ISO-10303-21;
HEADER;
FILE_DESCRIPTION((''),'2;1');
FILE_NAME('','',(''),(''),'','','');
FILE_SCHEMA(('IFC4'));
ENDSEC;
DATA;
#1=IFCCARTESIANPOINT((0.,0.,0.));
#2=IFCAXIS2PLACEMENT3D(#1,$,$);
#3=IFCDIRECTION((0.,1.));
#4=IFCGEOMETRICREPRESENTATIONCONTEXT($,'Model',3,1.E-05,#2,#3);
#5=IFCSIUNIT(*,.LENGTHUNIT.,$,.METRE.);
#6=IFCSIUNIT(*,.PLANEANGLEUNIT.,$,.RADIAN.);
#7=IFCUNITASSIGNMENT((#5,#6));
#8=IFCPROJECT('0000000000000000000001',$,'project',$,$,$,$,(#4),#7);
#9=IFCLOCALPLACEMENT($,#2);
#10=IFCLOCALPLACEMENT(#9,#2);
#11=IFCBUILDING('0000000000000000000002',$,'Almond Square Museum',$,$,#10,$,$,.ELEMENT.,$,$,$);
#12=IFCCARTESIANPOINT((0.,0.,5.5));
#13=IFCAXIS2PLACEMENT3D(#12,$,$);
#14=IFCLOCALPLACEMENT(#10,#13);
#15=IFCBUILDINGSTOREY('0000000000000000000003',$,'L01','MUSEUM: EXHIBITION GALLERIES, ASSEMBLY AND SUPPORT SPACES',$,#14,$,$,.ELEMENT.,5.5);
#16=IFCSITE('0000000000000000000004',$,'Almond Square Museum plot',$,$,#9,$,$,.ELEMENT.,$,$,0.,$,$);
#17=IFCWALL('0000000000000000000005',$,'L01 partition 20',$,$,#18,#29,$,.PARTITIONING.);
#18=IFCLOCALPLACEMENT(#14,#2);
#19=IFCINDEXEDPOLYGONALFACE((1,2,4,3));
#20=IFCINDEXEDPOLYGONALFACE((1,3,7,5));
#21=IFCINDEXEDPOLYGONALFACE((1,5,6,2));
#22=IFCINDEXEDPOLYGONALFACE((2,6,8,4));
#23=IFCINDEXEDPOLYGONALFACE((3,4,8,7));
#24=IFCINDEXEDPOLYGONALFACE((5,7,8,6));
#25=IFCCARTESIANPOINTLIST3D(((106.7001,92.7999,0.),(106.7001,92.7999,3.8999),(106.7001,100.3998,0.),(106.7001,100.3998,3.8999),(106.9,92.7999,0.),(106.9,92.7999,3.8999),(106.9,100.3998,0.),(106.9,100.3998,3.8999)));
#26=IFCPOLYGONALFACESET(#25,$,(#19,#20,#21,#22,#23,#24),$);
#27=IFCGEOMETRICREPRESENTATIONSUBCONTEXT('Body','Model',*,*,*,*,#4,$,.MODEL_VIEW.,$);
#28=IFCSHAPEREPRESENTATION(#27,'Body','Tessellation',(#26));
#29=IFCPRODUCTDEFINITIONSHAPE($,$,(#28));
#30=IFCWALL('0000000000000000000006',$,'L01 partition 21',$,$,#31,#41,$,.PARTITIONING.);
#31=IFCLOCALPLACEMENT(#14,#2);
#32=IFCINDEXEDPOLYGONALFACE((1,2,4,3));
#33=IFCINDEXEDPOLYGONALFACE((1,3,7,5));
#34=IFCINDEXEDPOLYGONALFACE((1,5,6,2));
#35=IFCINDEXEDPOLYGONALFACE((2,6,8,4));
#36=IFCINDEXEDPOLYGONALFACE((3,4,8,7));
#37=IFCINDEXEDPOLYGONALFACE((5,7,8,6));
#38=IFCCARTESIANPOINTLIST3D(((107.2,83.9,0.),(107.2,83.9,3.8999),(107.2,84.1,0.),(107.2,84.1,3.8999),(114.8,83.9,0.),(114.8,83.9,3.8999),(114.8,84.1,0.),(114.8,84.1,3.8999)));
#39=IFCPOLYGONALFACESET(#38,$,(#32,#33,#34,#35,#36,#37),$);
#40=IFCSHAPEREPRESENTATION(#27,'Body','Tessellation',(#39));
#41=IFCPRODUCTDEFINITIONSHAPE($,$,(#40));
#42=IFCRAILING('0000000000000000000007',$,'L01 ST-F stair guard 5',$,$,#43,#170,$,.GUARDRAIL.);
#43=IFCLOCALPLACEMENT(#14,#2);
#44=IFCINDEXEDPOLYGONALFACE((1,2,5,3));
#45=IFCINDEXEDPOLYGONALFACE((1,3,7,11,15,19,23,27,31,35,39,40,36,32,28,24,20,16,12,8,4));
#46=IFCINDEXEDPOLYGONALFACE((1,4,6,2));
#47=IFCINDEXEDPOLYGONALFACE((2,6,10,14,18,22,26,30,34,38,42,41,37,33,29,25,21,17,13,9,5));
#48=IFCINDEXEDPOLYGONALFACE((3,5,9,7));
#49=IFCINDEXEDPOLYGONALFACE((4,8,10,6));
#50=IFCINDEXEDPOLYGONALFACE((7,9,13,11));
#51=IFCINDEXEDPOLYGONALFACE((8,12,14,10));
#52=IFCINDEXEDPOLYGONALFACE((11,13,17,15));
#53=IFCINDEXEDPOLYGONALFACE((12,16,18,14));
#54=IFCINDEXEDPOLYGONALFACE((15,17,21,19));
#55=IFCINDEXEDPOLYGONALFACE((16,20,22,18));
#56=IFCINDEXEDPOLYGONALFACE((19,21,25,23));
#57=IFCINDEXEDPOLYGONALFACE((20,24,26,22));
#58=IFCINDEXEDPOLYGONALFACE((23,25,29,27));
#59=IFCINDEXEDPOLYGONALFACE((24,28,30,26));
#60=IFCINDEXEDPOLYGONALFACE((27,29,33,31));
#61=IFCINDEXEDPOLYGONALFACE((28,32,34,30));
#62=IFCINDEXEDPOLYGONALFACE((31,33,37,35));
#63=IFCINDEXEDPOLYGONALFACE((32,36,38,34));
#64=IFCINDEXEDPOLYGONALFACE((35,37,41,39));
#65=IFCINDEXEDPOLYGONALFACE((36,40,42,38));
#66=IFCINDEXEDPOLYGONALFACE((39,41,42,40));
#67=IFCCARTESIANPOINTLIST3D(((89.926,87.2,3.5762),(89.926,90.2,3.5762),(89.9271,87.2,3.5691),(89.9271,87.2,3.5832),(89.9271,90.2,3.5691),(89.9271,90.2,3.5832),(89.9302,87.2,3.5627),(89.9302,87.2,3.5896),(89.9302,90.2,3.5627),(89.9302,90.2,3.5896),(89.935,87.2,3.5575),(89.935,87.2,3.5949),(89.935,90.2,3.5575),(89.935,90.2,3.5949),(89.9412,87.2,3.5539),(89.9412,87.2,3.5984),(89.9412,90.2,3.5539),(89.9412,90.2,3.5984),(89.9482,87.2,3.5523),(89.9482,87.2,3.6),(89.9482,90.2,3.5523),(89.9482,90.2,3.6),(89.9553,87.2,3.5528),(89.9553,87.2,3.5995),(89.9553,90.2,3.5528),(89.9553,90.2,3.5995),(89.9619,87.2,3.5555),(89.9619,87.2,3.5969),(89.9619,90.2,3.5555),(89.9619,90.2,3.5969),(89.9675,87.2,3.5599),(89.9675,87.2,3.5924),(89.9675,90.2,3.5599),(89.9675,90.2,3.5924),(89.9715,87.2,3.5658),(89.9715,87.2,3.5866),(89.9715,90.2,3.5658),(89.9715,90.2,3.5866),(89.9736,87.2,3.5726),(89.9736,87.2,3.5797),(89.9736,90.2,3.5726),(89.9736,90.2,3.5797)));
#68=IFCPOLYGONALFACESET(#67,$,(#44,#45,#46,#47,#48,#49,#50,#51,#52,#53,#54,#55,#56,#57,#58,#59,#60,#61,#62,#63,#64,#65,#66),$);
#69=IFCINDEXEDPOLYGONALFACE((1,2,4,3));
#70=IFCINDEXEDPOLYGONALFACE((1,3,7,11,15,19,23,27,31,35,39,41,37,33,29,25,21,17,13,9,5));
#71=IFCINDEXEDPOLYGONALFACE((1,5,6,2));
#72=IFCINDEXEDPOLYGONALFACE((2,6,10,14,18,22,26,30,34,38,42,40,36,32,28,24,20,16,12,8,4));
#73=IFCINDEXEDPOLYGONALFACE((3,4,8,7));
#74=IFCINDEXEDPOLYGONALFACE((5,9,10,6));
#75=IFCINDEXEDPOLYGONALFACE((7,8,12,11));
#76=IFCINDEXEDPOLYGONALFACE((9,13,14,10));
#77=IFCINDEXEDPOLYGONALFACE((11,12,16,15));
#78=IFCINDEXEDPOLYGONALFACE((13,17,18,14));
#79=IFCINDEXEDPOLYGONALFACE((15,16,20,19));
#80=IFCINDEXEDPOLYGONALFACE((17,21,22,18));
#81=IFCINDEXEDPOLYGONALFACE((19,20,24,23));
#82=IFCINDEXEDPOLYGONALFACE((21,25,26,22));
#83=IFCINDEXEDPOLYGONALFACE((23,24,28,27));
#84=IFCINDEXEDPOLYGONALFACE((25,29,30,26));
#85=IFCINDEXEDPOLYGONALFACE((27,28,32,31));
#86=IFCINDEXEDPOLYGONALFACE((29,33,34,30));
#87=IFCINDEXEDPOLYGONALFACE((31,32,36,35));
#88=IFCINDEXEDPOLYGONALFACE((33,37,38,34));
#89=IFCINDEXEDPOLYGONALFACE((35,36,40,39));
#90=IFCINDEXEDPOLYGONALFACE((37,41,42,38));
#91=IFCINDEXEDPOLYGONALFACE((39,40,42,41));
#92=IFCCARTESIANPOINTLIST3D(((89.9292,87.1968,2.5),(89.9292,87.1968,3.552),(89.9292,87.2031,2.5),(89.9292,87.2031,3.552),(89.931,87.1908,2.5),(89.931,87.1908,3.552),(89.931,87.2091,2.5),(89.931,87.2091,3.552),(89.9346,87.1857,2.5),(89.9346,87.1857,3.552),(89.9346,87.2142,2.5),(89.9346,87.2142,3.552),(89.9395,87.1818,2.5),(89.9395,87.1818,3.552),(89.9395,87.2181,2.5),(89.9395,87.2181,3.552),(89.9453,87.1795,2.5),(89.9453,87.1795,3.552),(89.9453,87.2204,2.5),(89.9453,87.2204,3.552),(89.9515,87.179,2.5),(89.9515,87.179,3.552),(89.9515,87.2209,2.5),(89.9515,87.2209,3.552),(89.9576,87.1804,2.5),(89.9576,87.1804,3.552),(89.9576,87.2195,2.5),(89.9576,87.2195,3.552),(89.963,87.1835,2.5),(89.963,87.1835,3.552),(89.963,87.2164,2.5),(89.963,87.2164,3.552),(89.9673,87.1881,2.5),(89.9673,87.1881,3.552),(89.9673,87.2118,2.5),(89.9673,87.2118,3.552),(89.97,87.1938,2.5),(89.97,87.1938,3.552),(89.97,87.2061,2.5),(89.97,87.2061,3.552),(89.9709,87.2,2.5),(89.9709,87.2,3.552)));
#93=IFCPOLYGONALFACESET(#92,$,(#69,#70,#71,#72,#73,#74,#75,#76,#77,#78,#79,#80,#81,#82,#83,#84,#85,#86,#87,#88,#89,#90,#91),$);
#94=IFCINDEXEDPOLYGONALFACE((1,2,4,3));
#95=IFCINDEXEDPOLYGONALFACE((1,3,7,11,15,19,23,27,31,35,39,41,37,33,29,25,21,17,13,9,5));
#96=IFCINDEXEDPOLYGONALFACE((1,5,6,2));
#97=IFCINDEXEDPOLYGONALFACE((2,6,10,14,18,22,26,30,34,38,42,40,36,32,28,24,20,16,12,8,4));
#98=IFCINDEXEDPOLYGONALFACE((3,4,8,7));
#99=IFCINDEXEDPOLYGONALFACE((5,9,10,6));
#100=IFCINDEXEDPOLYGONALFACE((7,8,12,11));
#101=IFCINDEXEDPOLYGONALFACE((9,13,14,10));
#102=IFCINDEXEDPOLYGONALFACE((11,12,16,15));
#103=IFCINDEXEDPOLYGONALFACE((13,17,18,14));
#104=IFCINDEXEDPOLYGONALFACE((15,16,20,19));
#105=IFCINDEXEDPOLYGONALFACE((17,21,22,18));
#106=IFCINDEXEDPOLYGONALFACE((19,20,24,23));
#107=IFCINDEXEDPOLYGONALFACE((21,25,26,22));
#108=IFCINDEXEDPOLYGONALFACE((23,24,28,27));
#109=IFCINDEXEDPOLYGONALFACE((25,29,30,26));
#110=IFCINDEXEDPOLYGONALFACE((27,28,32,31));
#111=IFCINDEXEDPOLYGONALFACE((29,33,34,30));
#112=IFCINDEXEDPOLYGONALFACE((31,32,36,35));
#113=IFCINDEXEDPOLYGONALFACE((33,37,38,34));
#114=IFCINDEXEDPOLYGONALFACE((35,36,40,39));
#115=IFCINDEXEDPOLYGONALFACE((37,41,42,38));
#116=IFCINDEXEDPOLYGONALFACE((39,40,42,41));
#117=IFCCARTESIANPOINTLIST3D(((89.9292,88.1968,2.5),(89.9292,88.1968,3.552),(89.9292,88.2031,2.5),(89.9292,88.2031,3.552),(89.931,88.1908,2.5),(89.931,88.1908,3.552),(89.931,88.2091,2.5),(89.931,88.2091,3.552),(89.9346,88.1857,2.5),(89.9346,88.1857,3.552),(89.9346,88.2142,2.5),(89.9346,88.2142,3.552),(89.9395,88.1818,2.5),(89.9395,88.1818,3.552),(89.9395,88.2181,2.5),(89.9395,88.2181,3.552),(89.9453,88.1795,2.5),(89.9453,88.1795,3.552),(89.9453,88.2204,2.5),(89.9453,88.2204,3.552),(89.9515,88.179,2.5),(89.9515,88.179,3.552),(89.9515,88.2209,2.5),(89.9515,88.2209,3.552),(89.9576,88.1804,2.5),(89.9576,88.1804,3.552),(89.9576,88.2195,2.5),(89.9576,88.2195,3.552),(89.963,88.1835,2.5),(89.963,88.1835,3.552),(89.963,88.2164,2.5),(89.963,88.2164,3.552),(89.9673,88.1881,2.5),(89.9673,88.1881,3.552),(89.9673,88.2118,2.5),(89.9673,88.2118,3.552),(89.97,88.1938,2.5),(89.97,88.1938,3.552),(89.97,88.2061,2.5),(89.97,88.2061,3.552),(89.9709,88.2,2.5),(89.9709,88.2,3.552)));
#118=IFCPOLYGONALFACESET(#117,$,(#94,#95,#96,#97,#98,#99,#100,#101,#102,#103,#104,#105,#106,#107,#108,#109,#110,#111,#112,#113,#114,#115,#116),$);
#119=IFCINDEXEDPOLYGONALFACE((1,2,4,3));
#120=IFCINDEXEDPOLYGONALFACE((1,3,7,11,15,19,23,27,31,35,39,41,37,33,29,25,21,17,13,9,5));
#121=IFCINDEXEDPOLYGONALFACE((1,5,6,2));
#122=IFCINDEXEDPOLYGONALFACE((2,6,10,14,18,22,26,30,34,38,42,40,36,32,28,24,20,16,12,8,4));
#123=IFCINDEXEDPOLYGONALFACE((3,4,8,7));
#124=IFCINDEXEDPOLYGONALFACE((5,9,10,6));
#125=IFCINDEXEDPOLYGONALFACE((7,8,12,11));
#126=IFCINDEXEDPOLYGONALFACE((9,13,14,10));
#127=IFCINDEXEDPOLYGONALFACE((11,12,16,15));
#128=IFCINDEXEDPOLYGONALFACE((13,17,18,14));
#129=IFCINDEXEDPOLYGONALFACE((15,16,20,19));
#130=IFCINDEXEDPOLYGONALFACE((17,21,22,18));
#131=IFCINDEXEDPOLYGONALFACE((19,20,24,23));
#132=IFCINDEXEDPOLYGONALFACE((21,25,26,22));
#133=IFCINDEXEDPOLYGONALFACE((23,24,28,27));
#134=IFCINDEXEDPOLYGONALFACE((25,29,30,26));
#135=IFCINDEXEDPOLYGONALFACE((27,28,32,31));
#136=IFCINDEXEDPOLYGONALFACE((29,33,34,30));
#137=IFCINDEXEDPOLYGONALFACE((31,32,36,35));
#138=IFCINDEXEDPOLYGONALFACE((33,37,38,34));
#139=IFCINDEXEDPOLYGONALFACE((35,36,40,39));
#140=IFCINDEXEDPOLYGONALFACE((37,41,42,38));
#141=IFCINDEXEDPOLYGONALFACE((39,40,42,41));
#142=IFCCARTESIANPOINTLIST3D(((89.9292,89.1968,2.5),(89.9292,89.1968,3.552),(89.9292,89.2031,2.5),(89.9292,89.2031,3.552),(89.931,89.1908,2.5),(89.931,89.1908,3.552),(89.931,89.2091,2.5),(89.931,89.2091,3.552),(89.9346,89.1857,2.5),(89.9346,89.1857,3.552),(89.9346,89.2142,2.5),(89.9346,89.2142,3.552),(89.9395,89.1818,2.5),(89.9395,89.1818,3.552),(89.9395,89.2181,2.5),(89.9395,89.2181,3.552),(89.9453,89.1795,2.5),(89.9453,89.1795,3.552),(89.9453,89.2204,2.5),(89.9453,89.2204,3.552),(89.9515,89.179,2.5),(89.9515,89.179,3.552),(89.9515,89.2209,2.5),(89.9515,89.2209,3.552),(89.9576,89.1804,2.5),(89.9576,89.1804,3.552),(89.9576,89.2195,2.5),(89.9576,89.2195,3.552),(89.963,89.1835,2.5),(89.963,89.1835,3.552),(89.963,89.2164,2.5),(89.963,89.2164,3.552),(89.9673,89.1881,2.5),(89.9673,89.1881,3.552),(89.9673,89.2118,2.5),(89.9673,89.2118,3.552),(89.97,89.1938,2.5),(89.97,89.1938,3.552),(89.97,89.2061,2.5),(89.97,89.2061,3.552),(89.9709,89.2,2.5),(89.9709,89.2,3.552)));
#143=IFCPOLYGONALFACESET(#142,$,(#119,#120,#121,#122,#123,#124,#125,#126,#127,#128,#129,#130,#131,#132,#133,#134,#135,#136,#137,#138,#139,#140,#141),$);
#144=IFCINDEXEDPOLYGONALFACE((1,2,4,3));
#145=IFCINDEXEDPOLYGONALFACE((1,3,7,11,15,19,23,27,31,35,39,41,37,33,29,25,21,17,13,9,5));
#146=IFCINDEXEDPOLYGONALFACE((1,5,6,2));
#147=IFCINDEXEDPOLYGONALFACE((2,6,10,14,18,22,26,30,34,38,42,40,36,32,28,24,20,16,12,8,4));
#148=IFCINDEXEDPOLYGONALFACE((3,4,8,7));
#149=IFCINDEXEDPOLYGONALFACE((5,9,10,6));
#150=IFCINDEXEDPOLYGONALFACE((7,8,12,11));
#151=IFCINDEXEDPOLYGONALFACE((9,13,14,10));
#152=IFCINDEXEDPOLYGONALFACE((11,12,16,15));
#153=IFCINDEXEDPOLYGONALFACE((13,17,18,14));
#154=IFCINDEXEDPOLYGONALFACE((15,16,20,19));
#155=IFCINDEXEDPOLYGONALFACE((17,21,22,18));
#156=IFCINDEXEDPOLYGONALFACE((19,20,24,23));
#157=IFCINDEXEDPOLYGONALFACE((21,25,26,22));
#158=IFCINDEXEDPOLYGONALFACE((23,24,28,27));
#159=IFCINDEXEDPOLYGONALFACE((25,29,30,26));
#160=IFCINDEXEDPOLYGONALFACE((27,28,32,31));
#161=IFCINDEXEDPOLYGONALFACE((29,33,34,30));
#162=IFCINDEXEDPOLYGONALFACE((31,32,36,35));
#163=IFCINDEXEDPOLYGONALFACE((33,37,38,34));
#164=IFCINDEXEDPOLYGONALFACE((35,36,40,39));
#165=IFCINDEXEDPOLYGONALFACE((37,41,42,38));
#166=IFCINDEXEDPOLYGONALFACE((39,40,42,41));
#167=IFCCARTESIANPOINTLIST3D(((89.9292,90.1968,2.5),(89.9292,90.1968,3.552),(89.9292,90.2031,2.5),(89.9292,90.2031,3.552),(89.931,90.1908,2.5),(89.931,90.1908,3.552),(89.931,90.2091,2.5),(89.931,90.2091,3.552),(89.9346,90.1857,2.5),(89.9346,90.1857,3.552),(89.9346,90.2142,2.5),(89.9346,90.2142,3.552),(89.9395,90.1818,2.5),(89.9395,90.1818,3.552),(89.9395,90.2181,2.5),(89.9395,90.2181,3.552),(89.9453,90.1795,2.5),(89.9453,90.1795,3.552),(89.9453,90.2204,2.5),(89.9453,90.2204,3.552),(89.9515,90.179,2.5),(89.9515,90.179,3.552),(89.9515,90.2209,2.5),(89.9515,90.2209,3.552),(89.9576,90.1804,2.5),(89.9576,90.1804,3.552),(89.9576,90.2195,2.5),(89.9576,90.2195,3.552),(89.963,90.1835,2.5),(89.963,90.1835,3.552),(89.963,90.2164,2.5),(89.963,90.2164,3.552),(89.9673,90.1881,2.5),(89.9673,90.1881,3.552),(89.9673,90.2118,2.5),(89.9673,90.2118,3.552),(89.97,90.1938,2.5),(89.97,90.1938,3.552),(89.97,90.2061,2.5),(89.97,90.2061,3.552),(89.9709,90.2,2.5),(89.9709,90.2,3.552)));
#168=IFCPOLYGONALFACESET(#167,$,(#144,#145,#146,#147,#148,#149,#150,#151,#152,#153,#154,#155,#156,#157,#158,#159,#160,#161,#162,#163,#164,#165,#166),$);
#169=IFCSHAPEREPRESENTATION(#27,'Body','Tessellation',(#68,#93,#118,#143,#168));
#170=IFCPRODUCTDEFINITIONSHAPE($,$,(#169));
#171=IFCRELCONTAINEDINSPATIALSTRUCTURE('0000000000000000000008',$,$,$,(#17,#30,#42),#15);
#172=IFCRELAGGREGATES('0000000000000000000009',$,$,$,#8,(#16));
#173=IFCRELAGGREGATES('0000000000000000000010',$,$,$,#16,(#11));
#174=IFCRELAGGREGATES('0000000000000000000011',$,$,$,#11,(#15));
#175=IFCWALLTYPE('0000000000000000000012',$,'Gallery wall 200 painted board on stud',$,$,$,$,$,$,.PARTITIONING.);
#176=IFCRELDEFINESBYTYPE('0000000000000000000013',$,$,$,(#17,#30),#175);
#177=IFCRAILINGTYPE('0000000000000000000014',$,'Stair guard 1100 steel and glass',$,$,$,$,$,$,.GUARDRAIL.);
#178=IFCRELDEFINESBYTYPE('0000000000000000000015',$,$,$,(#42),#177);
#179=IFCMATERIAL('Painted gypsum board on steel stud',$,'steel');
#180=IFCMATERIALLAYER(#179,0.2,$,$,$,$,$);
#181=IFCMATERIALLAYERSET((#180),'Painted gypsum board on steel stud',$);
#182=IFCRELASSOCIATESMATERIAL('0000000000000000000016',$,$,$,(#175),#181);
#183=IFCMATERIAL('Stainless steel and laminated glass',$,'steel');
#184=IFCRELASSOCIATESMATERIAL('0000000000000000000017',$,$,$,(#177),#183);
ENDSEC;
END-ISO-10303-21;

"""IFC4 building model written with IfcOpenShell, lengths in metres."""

from ifc_helpers import new_model, si_unit, direction, frame, frame_2d, origin, origin_2d, place, context, subcontext, project, spatial, rectangle, circle, extrude, material, layer, layer_set, type_object, element, save


model = new_model("IFC4")

# Units and contexts
model_context = context("Model", 3, precision=1e-05, world=origin(), true_north=direction((0.0, 1.0)))
body_context = subcontext(model_context, "Body", "Model", "MODEL_VIEW")
ifc_project = project(units=[si_unit("LENGTHUNIT", "METRE"), si_unit("PLANEANGLEUNIT", "RADIAN")], contexts=[model_context])

# Site, building, storey
site_placement = place(None, origin())
site = spatial("IfcSite", under=ifc_project, at=site_placement, Name="Almond Square Museum plot", CompositionType="ELEMENT", RefElevation=0.0)
building_placement = place(site_placement, origin())
building = spatial("IfcBuilding", under=site, at=building_placement, Name="Almond Square Museum", CompositionType="ELEMENT")
storey_placement = place(building_placement, frame((0.0, 0.0, 5.5)))
storey = spatial("IfcBuildingStorey", under=building, at=storey_placement, Name="L01", Description="MUSEUM: EXHIBITION GALLERIES, ASSEMBLY AND SUPPORT SPACES", CompositionType="ELEMENT", Elevation=5.5)

# Shared definitions
ifc_material_1 = material(Name="Painted gypsum board on steel stud", Category="steel")
ifc_layer = layer(ifc_material_1, 0.2)
ifc_layer_set = layer_set([ifc_layer], Name="Painted gypsum board on steel stud")
wall_type = type_object("IfcWallType", Name="Gallery wall 200 painted board on stud", PredefinedType="PARTITIONING", material=ifc_layer_set)

# Walls
wall_1_placement = place(storey_placement, frame((106.8, 92.8, 0.0), z_axis=(0.0, 0.0, 1.0), x_axis=(0.0, 1.0, 0.0)))
element("IfcWall", 1, at=wall_1_placement, inside=storey, type_object=wall_type, Name="L01 partition 20", PredefinedType="PARTITIONING", context=body_context, shape_type="SweptSolid", body=[
    extrude(rectangle(XDim=7.5999, YDim=0.2, at=frame_2d((3.7998, 0.0))), origin(), (0.0, 0.0, 1.0), 3.8999),
])
wall_2_placement = place(storey_placement, frame((107.2, 84.0, 0.0), z_axis=(0.0, 0.0, 1.0), x_axis=(1.0, 0.0, 0.0)))
element("IfcWall", 2, at=wall_2_placement, inside=storey, type_object=wall_type, Name="L01 partition 21", PredefinedType="PARTITIONING", context=body_context, shape_type="SweptSolid", body=[
    extrude(rectangle(XDim=7.6001, YDim=0.2, at=frame_2d((3.8, 0.0))), origin(), (0.0, 0.0, 1.0), 3.8999),
])

# Railing
ifc_material_2 = material(Name="Stainless steel and laminated glass", Category="steel")
railing_type_1 = type_object("IfcRailingType", Name="Stair guard 1100 steel and glass", PredefinedType="GUARDRAIL", material=ifc_material_2)
railing_1_placement = place(storey_placement, frame((89.95, 87.2, 2.5)))
element("IfcRailing", 3, at=railing_1_placement, inside=storey, type_object=railing_type_1, Name="L01 ST-F stair guard 5", PredefinedType="GUARDRAIL", context=body_context, shape_type="SweptSolid", body=[
    extrude(circle(Radius=0.0239, at=origin_2d()), frame((0.0, 0.0, 1.0762), z_axis=(0.0, 1.0, 0.0), x_axis=(-1.0, 0.0, 0.0)), (0.0, 0.0, 1.0), 3.0),
    extrude(circle(Radius=0.021, at=origin_2d()), origin(), (0.0, 0.0, 1.0), 1.052),
    extrude(circle(Radius=0.021, at=origin_2d()), frame((0.0, 1.0, 0.0)), (0.0, 0.0, 1.0), 1.052),
    extrude(circle(Radius=0.021, at=origin_2d()), frame((0.0, 2.0, 0.0)), (0.0, 0.0, 1.0), 1.052),
    extrude(circle(Radius=0.021, at=origin_2d()), frame((0.0, 3.0, 0.0)), (0.0, 0.0, 1.0), 1.052),
])

save(model, "model.ifc")
